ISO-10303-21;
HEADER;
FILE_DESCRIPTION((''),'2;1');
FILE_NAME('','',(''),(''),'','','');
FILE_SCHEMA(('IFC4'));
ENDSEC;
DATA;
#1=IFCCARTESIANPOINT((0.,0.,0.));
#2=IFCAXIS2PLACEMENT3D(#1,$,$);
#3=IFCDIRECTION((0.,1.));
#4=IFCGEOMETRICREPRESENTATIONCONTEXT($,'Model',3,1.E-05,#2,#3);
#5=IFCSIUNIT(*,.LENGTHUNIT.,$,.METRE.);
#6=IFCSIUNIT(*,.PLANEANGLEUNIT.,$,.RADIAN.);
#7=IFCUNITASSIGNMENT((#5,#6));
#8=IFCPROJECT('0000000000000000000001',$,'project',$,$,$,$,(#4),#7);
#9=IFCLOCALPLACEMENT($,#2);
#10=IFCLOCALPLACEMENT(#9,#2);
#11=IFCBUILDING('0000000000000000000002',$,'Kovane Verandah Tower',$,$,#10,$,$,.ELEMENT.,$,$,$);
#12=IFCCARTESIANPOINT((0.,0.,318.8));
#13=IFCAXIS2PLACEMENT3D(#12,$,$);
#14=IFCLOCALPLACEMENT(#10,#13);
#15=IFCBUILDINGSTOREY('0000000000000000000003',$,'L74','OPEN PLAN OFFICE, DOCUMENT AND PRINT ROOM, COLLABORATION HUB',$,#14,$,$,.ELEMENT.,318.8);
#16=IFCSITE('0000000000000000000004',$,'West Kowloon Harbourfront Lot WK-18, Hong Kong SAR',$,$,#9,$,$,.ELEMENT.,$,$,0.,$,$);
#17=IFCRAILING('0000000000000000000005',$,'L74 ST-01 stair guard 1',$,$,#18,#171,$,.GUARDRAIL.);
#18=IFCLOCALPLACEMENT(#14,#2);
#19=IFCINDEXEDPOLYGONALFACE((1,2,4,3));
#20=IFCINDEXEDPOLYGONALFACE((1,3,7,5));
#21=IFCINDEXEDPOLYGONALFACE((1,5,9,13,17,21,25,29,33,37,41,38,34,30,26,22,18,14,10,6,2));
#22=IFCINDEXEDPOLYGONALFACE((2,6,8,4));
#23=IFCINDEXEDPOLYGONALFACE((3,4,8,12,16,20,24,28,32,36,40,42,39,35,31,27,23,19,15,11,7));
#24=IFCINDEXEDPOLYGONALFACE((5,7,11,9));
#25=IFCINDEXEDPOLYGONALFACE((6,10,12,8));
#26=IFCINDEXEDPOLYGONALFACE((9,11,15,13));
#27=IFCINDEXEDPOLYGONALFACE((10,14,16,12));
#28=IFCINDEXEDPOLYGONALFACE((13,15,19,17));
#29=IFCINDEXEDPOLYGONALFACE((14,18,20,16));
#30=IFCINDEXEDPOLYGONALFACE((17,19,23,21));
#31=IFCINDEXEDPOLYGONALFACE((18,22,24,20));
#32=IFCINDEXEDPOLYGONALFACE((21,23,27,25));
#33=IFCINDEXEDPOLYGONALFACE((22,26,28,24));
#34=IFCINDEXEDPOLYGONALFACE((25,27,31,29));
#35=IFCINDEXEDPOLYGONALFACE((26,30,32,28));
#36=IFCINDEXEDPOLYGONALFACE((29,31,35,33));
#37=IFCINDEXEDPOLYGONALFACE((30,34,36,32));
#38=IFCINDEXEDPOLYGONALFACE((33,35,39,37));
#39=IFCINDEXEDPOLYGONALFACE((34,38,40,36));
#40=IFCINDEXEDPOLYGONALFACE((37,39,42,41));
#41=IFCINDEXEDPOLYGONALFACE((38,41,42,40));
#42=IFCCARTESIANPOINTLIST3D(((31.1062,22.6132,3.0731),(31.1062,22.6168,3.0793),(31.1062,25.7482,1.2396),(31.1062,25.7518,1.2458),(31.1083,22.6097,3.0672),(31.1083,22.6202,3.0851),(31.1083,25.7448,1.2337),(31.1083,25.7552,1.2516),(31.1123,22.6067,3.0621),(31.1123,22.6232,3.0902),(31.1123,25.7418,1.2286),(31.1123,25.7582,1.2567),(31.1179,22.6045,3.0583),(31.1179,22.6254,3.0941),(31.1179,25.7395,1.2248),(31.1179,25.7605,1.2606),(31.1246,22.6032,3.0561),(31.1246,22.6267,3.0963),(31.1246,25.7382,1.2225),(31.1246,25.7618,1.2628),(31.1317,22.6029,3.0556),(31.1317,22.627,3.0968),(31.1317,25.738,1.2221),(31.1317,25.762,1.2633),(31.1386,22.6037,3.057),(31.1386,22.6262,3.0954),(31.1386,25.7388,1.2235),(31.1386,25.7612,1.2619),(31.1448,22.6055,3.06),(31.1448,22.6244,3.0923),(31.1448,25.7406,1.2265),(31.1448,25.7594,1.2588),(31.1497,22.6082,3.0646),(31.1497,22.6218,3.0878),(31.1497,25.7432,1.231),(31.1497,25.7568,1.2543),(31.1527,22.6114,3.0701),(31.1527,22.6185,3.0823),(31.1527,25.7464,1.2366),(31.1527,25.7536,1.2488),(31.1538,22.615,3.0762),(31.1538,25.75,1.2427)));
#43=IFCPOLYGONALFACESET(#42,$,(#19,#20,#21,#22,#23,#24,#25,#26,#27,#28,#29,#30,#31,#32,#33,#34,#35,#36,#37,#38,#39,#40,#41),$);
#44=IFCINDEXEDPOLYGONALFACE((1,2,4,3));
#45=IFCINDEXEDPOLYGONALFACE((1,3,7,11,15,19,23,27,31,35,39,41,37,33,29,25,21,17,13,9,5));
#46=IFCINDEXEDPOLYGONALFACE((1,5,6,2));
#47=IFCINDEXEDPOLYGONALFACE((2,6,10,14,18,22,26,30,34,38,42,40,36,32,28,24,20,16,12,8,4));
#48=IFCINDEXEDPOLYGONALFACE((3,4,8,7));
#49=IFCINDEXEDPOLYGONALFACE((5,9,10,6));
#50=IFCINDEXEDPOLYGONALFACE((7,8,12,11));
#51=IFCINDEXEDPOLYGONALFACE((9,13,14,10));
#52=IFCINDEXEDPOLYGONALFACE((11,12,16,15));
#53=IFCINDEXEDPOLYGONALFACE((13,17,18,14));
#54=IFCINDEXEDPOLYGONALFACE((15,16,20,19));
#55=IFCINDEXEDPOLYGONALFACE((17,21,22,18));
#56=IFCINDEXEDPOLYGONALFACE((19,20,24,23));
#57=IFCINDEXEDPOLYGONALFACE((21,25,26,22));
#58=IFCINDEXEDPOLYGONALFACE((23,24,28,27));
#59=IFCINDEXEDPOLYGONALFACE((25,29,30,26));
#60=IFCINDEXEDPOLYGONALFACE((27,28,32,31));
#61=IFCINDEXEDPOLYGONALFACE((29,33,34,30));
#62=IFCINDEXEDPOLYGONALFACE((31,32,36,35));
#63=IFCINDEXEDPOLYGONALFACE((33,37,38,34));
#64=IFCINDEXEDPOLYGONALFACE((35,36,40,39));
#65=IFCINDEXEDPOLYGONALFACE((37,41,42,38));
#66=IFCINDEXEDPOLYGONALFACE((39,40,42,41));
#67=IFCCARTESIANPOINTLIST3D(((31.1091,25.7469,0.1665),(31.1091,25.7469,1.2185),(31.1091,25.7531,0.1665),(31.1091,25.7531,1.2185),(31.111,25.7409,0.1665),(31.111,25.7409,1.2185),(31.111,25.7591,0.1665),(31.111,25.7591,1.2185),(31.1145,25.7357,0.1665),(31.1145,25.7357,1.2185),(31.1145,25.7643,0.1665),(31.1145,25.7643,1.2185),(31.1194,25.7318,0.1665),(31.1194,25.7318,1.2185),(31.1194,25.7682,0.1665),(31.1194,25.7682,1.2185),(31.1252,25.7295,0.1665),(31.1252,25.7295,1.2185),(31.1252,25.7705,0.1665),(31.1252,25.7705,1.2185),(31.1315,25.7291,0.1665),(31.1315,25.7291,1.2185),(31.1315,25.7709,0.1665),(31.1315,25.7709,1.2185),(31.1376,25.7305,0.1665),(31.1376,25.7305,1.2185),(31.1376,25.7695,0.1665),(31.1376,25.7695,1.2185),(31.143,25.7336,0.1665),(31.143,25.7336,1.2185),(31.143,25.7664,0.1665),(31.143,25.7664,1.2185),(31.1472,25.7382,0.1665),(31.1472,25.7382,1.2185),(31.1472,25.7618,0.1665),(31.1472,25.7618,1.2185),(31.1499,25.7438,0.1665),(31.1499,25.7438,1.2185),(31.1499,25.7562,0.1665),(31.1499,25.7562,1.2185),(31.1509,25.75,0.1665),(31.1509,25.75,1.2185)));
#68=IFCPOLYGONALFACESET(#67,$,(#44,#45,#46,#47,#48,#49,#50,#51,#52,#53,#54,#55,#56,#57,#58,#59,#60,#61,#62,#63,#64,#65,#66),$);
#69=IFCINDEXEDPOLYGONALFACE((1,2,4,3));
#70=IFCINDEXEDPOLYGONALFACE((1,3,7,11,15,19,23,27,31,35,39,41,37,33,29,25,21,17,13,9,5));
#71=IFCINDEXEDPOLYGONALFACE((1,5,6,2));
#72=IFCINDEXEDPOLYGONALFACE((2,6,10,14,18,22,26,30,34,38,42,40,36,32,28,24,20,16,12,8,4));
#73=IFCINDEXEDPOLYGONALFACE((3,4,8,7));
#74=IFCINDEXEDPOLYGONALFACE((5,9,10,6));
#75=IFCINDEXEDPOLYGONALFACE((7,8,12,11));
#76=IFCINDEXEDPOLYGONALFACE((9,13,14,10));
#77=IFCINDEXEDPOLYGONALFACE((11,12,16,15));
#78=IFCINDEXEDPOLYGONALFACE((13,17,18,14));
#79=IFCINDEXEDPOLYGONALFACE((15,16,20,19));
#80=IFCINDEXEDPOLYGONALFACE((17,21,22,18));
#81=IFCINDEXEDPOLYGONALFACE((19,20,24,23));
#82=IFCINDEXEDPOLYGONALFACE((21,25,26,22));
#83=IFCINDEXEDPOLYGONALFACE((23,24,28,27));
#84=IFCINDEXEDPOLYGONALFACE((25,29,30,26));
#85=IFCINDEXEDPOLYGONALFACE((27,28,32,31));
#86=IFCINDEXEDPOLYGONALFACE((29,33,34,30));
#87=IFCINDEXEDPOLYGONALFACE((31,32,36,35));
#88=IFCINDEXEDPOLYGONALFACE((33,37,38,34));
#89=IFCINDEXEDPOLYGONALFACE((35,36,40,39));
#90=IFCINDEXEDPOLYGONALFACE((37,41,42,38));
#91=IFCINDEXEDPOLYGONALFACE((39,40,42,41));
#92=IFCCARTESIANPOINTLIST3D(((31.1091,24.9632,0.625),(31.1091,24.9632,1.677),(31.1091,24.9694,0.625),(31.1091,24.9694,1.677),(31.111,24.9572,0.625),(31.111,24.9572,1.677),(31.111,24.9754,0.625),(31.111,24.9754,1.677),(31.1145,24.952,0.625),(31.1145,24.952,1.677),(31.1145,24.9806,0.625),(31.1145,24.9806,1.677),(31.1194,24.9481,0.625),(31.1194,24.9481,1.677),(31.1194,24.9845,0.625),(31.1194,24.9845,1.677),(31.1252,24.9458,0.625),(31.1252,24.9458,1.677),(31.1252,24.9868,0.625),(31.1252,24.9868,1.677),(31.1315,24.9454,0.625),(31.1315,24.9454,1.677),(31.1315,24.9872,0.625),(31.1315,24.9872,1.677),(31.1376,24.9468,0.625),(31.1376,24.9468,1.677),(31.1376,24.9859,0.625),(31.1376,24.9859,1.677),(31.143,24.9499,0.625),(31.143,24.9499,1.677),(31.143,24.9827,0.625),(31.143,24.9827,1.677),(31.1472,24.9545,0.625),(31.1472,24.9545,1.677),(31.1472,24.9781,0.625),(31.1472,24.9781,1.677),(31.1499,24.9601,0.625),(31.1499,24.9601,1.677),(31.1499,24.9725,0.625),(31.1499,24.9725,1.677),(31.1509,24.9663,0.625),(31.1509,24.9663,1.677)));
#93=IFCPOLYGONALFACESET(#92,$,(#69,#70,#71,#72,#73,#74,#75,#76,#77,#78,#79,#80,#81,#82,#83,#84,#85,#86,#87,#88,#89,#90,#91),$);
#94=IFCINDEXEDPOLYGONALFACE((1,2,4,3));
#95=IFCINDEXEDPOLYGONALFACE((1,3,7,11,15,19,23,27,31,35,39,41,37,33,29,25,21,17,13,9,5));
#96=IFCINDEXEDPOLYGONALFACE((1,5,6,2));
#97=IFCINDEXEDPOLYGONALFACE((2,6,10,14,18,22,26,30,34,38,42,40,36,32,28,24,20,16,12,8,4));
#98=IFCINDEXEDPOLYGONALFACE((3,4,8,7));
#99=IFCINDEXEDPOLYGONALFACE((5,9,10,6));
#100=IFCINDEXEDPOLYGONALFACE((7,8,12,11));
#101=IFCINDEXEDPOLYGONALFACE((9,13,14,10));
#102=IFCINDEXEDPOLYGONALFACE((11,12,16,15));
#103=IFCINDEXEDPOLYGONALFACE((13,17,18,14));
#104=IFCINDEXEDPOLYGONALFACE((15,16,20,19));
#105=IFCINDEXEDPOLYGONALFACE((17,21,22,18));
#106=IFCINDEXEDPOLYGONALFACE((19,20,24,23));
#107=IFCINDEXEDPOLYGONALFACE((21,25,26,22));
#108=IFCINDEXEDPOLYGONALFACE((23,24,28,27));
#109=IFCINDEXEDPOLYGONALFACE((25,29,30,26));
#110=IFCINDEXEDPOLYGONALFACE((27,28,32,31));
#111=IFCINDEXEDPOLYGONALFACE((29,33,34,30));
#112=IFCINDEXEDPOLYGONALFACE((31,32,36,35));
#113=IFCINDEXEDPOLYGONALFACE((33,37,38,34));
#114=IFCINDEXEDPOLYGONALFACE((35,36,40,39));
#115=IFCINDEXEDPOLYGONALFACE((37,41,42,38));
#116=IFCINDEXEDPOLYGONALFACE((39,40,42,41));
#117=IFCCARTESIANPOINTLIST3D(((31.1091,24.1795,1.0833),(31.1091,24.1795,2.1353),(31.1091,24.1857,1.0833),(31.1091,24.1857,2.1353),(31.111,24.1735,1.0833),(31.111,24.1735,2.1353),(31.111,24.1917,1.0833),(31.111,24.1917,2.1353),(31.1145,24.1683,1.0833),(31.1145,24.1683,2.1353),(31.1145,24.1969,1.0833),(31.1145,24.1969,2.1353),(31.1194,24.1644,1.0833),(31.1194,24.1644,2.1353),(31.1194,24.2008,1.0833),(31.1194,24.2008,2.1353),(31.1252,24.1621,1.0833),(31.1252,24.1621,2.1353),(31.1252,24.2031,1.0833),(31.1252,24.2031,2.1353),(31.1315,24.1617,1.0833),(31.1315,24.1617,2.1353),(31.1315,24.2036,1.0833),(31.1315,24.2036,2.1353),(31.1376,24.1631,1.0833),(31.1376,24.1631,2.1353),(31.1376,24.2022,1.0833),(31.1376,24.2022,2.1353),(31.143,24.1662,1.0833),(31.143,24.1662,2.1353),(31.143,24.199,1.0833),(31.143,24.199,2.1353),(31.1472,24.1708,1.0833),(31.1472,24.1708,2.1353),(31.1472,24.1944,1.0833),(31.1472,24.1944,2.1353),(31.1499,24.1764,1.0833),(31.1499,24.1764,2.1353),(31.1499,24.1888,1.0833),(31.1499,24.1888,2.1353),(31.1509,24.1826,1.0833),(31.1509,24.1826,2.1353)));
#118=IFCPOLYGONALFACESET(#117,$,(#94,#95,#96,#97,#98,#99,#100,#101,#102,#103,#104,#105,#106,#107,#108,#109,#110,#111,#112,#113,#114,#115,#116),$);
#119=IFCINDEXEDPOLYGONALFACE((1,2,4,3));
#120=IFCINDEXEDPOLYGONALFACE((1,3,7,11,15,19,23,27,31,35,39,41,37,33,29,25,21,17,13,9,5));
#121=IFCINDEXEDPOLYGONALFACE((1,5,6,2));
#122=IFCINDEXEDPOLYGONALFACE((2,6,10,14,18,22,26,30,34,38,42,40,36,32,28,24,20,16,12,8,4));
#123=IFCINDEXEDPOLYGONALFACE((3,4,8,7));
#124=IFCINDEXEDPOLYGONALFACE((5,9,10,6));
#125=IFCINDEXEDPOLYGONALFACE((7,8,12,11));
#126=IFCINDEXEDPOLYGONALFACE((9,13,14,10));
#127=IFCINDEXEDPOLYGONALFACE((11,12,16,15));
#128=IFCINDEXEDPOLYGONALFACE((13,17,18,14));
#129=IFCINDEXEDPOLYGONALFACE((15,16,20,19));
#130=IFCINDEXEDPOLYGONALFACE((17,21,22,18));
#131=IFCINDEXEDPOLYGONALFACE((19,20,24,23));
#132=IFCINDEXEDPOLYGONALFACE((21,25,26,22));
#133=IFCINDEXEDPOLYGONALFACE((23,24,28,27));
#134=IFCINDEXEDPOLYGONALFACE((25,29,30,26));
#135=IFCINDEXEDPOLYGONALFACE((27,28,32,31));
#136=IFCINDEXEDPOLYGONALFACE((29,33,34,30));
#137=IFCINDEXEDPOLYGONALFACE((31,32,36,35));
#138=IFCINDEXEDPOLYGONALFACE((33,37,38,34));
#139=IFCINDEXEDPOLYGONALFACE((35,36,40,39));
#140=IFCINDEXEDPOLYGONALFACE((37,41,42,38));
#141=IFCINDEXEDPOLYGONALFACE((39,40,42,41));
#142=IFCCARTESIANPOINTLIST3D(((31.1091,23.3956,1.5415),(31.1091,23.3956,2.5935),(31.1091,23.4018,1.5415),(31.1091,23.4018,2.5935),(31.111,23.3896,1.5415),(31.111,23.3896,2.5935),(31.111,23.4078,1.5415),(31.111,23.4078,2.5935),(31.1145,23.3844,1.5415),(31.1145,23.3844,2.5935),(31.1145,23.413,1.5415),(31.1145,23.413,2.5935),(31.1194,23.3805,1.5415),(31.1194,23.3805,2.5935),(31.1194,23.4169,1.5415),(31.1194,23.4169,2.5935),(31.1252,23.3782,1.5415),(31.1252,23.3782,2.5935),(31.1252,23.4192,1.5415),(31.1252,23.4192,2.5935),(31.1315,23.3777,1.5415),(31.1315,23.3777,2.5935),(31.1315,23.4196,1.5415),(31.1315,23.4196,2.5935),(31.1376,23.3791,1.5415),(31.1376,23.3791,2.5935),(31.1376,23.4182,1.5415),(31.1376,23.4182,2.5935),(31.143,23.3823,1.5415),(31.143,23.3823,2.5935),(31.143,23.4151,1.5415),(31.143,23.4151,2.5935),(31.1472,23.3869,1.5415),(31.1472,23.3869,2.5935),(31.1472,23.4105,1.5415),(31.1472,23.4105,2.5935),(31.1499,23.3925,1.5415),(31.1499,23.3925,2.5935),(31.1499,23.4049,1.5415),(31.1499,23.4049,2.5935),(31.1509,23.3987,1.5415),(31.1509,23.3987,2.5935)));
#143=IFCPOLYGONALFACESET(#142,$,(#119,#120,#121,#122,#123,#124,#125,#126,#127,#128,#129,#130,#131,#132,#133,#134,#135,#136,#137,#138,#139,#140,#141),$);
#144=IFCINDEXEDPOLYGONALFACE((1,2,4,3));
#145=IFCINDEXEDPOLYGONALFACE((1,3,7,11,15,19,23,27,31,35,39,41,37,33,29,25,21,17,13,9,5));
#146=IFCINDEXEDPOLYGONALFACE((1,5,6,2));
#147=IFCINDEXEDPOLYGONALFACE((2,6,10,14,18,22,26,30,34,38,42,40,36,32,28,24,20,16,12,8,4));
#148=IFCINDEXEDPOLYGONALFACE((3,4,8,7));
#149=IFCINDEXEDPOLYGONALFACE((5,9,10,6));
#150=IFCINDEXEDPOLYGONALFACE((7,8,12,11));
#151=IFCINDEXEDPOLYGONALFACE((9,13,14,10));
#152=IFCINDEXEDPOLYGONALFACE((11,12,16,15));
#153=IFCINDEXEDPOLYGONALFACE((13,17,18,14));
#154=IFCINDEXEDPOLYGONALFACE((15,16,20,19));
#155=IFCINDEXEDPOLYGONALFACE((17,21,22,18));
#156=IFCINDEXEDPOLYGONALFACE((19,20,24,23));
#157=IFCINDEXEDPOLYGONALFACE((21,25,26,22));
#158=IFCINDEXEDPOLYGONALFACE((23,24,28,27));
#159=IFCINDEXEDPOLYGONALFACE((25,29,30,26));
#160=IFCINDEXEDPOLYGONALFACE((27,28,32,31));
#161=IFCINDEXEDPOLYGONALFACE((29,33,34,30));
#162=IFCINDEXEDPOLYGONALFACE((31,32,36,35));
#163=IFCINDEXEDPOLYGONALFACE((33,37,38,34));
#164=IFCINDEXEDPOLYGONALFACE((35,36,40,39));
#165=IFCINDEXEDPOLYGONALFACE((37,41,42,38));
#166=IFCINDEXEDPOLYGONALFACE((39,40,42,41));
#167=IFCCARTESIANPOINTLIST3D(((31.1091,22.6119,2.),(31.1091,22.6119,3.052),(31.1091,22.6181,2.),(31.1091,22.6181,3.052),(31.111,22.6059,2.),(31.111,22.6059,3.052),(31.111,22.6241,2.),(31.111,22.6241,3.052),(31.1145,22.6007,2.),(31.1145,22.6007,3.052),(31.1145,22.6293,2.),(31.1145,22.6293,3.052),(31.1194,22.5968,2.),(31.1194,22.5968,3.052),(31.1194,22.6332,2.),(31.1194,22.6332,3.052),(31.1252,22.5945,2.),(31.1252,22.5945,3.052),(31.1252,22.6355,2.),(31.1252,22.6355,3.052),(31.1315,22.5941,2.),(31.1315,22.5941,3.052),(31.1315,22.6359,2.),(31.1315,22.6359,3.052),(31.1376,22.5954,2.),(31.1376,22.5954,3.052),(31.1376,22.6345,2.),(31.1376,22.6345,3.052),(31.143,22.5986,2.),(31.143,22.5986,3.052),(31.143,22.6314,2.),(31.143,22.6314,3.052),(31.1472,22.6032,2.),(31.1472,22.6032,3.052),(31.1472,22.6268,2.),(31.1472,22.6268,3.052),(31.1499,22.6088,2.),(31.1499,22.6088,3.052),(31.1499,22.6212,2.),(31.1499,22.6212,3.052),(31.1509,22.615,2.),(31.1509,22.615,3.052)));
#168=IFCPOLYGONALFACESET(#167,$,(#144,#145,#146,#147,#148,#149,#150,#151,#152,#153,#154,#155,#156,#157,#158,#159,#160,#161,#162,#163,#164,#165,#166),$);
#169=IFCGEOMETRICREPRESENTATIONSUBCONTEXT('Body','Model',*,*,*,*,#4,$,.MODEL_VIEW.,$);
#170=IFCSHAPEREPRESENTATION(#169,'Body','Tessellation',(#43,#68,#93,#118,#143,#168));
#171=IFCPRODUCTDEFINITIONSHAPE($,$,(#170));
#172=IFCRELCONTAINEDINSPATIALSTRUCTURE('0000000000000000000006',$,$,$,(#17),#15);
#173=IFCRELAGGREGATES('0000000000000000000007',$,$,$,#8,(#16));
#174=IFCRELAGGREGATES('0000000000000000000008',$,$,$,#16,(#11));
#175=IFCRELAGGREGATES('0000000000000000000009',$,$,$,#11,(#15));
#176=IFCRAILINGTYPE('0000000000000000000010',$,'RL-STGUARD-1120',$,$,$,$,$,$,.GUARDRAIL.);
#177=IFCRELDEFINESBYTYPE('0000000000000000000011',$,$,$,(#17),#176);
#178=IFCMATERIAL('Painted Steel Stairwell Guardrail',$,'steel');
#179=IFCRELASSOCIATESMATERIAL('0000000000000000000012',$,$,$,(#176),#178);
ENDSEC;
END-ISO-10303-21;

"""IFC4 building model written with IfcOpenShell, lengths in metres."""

from ifc_helpers import new_model, si_unit, direction, frame, origin, origin_2d, place, context, subcontext, project, spatial, circle, extrude, material, type_object, element, save


model = new_model("IFC4")

# Units and contexts
model_context = context("Model", 3, precision=1e-05, world=origin(), true_north=direction((0.0, 1.0)))
body_context = subcontext(model_context, "Body", "Model", "MODEL_VIEW")
ifc_project = project(units=[si_unit("LENGTHUNIT", "METRE"), si_unit("PLANEANGLEUNIT", "RADIAN")], contexts=[model_context])

# Site, building, storey
site_placement = place(None, origin())
site = spatial("IfcSite", under=ifc_project, at=site_placement, Name="West Kowloon Harbourfront Lot WK-18, Hong Kong SAR", CompositionType="ELEMENT", RefElevation=0.0)
building_placement = place(site_placement, origin())
building = spatial("IfcBuilding", under=site, at=building_placement, Name="Kovane Verandah Tower", CompositionType="ELEMENT")
storey_placement = place(building_placement, frame((0.0, 0.0, 318.8)))
storey = spatial("IfcBuildingStorey", under=building, at=storey_placement, Name="L74", Description="OPEN PLAN OFFICE, DOCUMENT AND PRINT ROOM, COLLABORATION HUB", CompositionType="ELEMENT", Elevation=318.8)

# Railing
ifc_material_1 = material(Name="Painted Steel Stairwell Guardrail", Category="steel")
railing_type_1 = type_object("IfcRailingType", Name="RL-STGUARD-1120", PredefinedType="GUARDRAIL", material=ifc_material_1)
railing_1_placement = place(storey_placement, frame((31.1299, 25.75, 0.1665)))
element("IfcRailing", 1, at=railing_1_placement, inside=storey, type_object=railing_type_1, Name="L74 ST-01 stair guard 1", PredefinedType="GUARDRAIL", context=body_context, shape_type="SweptSolid", body=[
    extrude(circle(Radius=0.0239, at=origin_2d()), frame((0.0, 0.0, 1.0762), z_axis=(0.0, -0.86321, 0.504845), x_axis=(1.0, 0.0, 0.0)), (0.0, 0.0, 1.0), 3.6318),
    extrude(circle(Radius=0.021, at=origin_2d()), origin(), (0.0, 0.0, 1.0), 1.052),
    extrude(circle(Radius=0.021, at=origin_2d()), frame((0.0, -0.7837, 0.4585)), (0.0, 0.0, 1.0), 1.052),
    extrude(circle(Radius=0.021, at=origin_2d()), frame((0.0, -1.5674, 0.9167)), (0.0, 0.0, 1.0), 1.052),
    extrude(circle(Radius=0.021, at=origin_2d()), frame((0.0, -2.3513, 1.375)), (0.0, 0.0, 1.0), 1.052),
    extrude(circle(Radius=0.021, at=origin_2d()), frame((0.0, -3.135, 1.8335)), (0.0, 0.0, 1.0), 1.052),
])

save(model, "model.ifc")
